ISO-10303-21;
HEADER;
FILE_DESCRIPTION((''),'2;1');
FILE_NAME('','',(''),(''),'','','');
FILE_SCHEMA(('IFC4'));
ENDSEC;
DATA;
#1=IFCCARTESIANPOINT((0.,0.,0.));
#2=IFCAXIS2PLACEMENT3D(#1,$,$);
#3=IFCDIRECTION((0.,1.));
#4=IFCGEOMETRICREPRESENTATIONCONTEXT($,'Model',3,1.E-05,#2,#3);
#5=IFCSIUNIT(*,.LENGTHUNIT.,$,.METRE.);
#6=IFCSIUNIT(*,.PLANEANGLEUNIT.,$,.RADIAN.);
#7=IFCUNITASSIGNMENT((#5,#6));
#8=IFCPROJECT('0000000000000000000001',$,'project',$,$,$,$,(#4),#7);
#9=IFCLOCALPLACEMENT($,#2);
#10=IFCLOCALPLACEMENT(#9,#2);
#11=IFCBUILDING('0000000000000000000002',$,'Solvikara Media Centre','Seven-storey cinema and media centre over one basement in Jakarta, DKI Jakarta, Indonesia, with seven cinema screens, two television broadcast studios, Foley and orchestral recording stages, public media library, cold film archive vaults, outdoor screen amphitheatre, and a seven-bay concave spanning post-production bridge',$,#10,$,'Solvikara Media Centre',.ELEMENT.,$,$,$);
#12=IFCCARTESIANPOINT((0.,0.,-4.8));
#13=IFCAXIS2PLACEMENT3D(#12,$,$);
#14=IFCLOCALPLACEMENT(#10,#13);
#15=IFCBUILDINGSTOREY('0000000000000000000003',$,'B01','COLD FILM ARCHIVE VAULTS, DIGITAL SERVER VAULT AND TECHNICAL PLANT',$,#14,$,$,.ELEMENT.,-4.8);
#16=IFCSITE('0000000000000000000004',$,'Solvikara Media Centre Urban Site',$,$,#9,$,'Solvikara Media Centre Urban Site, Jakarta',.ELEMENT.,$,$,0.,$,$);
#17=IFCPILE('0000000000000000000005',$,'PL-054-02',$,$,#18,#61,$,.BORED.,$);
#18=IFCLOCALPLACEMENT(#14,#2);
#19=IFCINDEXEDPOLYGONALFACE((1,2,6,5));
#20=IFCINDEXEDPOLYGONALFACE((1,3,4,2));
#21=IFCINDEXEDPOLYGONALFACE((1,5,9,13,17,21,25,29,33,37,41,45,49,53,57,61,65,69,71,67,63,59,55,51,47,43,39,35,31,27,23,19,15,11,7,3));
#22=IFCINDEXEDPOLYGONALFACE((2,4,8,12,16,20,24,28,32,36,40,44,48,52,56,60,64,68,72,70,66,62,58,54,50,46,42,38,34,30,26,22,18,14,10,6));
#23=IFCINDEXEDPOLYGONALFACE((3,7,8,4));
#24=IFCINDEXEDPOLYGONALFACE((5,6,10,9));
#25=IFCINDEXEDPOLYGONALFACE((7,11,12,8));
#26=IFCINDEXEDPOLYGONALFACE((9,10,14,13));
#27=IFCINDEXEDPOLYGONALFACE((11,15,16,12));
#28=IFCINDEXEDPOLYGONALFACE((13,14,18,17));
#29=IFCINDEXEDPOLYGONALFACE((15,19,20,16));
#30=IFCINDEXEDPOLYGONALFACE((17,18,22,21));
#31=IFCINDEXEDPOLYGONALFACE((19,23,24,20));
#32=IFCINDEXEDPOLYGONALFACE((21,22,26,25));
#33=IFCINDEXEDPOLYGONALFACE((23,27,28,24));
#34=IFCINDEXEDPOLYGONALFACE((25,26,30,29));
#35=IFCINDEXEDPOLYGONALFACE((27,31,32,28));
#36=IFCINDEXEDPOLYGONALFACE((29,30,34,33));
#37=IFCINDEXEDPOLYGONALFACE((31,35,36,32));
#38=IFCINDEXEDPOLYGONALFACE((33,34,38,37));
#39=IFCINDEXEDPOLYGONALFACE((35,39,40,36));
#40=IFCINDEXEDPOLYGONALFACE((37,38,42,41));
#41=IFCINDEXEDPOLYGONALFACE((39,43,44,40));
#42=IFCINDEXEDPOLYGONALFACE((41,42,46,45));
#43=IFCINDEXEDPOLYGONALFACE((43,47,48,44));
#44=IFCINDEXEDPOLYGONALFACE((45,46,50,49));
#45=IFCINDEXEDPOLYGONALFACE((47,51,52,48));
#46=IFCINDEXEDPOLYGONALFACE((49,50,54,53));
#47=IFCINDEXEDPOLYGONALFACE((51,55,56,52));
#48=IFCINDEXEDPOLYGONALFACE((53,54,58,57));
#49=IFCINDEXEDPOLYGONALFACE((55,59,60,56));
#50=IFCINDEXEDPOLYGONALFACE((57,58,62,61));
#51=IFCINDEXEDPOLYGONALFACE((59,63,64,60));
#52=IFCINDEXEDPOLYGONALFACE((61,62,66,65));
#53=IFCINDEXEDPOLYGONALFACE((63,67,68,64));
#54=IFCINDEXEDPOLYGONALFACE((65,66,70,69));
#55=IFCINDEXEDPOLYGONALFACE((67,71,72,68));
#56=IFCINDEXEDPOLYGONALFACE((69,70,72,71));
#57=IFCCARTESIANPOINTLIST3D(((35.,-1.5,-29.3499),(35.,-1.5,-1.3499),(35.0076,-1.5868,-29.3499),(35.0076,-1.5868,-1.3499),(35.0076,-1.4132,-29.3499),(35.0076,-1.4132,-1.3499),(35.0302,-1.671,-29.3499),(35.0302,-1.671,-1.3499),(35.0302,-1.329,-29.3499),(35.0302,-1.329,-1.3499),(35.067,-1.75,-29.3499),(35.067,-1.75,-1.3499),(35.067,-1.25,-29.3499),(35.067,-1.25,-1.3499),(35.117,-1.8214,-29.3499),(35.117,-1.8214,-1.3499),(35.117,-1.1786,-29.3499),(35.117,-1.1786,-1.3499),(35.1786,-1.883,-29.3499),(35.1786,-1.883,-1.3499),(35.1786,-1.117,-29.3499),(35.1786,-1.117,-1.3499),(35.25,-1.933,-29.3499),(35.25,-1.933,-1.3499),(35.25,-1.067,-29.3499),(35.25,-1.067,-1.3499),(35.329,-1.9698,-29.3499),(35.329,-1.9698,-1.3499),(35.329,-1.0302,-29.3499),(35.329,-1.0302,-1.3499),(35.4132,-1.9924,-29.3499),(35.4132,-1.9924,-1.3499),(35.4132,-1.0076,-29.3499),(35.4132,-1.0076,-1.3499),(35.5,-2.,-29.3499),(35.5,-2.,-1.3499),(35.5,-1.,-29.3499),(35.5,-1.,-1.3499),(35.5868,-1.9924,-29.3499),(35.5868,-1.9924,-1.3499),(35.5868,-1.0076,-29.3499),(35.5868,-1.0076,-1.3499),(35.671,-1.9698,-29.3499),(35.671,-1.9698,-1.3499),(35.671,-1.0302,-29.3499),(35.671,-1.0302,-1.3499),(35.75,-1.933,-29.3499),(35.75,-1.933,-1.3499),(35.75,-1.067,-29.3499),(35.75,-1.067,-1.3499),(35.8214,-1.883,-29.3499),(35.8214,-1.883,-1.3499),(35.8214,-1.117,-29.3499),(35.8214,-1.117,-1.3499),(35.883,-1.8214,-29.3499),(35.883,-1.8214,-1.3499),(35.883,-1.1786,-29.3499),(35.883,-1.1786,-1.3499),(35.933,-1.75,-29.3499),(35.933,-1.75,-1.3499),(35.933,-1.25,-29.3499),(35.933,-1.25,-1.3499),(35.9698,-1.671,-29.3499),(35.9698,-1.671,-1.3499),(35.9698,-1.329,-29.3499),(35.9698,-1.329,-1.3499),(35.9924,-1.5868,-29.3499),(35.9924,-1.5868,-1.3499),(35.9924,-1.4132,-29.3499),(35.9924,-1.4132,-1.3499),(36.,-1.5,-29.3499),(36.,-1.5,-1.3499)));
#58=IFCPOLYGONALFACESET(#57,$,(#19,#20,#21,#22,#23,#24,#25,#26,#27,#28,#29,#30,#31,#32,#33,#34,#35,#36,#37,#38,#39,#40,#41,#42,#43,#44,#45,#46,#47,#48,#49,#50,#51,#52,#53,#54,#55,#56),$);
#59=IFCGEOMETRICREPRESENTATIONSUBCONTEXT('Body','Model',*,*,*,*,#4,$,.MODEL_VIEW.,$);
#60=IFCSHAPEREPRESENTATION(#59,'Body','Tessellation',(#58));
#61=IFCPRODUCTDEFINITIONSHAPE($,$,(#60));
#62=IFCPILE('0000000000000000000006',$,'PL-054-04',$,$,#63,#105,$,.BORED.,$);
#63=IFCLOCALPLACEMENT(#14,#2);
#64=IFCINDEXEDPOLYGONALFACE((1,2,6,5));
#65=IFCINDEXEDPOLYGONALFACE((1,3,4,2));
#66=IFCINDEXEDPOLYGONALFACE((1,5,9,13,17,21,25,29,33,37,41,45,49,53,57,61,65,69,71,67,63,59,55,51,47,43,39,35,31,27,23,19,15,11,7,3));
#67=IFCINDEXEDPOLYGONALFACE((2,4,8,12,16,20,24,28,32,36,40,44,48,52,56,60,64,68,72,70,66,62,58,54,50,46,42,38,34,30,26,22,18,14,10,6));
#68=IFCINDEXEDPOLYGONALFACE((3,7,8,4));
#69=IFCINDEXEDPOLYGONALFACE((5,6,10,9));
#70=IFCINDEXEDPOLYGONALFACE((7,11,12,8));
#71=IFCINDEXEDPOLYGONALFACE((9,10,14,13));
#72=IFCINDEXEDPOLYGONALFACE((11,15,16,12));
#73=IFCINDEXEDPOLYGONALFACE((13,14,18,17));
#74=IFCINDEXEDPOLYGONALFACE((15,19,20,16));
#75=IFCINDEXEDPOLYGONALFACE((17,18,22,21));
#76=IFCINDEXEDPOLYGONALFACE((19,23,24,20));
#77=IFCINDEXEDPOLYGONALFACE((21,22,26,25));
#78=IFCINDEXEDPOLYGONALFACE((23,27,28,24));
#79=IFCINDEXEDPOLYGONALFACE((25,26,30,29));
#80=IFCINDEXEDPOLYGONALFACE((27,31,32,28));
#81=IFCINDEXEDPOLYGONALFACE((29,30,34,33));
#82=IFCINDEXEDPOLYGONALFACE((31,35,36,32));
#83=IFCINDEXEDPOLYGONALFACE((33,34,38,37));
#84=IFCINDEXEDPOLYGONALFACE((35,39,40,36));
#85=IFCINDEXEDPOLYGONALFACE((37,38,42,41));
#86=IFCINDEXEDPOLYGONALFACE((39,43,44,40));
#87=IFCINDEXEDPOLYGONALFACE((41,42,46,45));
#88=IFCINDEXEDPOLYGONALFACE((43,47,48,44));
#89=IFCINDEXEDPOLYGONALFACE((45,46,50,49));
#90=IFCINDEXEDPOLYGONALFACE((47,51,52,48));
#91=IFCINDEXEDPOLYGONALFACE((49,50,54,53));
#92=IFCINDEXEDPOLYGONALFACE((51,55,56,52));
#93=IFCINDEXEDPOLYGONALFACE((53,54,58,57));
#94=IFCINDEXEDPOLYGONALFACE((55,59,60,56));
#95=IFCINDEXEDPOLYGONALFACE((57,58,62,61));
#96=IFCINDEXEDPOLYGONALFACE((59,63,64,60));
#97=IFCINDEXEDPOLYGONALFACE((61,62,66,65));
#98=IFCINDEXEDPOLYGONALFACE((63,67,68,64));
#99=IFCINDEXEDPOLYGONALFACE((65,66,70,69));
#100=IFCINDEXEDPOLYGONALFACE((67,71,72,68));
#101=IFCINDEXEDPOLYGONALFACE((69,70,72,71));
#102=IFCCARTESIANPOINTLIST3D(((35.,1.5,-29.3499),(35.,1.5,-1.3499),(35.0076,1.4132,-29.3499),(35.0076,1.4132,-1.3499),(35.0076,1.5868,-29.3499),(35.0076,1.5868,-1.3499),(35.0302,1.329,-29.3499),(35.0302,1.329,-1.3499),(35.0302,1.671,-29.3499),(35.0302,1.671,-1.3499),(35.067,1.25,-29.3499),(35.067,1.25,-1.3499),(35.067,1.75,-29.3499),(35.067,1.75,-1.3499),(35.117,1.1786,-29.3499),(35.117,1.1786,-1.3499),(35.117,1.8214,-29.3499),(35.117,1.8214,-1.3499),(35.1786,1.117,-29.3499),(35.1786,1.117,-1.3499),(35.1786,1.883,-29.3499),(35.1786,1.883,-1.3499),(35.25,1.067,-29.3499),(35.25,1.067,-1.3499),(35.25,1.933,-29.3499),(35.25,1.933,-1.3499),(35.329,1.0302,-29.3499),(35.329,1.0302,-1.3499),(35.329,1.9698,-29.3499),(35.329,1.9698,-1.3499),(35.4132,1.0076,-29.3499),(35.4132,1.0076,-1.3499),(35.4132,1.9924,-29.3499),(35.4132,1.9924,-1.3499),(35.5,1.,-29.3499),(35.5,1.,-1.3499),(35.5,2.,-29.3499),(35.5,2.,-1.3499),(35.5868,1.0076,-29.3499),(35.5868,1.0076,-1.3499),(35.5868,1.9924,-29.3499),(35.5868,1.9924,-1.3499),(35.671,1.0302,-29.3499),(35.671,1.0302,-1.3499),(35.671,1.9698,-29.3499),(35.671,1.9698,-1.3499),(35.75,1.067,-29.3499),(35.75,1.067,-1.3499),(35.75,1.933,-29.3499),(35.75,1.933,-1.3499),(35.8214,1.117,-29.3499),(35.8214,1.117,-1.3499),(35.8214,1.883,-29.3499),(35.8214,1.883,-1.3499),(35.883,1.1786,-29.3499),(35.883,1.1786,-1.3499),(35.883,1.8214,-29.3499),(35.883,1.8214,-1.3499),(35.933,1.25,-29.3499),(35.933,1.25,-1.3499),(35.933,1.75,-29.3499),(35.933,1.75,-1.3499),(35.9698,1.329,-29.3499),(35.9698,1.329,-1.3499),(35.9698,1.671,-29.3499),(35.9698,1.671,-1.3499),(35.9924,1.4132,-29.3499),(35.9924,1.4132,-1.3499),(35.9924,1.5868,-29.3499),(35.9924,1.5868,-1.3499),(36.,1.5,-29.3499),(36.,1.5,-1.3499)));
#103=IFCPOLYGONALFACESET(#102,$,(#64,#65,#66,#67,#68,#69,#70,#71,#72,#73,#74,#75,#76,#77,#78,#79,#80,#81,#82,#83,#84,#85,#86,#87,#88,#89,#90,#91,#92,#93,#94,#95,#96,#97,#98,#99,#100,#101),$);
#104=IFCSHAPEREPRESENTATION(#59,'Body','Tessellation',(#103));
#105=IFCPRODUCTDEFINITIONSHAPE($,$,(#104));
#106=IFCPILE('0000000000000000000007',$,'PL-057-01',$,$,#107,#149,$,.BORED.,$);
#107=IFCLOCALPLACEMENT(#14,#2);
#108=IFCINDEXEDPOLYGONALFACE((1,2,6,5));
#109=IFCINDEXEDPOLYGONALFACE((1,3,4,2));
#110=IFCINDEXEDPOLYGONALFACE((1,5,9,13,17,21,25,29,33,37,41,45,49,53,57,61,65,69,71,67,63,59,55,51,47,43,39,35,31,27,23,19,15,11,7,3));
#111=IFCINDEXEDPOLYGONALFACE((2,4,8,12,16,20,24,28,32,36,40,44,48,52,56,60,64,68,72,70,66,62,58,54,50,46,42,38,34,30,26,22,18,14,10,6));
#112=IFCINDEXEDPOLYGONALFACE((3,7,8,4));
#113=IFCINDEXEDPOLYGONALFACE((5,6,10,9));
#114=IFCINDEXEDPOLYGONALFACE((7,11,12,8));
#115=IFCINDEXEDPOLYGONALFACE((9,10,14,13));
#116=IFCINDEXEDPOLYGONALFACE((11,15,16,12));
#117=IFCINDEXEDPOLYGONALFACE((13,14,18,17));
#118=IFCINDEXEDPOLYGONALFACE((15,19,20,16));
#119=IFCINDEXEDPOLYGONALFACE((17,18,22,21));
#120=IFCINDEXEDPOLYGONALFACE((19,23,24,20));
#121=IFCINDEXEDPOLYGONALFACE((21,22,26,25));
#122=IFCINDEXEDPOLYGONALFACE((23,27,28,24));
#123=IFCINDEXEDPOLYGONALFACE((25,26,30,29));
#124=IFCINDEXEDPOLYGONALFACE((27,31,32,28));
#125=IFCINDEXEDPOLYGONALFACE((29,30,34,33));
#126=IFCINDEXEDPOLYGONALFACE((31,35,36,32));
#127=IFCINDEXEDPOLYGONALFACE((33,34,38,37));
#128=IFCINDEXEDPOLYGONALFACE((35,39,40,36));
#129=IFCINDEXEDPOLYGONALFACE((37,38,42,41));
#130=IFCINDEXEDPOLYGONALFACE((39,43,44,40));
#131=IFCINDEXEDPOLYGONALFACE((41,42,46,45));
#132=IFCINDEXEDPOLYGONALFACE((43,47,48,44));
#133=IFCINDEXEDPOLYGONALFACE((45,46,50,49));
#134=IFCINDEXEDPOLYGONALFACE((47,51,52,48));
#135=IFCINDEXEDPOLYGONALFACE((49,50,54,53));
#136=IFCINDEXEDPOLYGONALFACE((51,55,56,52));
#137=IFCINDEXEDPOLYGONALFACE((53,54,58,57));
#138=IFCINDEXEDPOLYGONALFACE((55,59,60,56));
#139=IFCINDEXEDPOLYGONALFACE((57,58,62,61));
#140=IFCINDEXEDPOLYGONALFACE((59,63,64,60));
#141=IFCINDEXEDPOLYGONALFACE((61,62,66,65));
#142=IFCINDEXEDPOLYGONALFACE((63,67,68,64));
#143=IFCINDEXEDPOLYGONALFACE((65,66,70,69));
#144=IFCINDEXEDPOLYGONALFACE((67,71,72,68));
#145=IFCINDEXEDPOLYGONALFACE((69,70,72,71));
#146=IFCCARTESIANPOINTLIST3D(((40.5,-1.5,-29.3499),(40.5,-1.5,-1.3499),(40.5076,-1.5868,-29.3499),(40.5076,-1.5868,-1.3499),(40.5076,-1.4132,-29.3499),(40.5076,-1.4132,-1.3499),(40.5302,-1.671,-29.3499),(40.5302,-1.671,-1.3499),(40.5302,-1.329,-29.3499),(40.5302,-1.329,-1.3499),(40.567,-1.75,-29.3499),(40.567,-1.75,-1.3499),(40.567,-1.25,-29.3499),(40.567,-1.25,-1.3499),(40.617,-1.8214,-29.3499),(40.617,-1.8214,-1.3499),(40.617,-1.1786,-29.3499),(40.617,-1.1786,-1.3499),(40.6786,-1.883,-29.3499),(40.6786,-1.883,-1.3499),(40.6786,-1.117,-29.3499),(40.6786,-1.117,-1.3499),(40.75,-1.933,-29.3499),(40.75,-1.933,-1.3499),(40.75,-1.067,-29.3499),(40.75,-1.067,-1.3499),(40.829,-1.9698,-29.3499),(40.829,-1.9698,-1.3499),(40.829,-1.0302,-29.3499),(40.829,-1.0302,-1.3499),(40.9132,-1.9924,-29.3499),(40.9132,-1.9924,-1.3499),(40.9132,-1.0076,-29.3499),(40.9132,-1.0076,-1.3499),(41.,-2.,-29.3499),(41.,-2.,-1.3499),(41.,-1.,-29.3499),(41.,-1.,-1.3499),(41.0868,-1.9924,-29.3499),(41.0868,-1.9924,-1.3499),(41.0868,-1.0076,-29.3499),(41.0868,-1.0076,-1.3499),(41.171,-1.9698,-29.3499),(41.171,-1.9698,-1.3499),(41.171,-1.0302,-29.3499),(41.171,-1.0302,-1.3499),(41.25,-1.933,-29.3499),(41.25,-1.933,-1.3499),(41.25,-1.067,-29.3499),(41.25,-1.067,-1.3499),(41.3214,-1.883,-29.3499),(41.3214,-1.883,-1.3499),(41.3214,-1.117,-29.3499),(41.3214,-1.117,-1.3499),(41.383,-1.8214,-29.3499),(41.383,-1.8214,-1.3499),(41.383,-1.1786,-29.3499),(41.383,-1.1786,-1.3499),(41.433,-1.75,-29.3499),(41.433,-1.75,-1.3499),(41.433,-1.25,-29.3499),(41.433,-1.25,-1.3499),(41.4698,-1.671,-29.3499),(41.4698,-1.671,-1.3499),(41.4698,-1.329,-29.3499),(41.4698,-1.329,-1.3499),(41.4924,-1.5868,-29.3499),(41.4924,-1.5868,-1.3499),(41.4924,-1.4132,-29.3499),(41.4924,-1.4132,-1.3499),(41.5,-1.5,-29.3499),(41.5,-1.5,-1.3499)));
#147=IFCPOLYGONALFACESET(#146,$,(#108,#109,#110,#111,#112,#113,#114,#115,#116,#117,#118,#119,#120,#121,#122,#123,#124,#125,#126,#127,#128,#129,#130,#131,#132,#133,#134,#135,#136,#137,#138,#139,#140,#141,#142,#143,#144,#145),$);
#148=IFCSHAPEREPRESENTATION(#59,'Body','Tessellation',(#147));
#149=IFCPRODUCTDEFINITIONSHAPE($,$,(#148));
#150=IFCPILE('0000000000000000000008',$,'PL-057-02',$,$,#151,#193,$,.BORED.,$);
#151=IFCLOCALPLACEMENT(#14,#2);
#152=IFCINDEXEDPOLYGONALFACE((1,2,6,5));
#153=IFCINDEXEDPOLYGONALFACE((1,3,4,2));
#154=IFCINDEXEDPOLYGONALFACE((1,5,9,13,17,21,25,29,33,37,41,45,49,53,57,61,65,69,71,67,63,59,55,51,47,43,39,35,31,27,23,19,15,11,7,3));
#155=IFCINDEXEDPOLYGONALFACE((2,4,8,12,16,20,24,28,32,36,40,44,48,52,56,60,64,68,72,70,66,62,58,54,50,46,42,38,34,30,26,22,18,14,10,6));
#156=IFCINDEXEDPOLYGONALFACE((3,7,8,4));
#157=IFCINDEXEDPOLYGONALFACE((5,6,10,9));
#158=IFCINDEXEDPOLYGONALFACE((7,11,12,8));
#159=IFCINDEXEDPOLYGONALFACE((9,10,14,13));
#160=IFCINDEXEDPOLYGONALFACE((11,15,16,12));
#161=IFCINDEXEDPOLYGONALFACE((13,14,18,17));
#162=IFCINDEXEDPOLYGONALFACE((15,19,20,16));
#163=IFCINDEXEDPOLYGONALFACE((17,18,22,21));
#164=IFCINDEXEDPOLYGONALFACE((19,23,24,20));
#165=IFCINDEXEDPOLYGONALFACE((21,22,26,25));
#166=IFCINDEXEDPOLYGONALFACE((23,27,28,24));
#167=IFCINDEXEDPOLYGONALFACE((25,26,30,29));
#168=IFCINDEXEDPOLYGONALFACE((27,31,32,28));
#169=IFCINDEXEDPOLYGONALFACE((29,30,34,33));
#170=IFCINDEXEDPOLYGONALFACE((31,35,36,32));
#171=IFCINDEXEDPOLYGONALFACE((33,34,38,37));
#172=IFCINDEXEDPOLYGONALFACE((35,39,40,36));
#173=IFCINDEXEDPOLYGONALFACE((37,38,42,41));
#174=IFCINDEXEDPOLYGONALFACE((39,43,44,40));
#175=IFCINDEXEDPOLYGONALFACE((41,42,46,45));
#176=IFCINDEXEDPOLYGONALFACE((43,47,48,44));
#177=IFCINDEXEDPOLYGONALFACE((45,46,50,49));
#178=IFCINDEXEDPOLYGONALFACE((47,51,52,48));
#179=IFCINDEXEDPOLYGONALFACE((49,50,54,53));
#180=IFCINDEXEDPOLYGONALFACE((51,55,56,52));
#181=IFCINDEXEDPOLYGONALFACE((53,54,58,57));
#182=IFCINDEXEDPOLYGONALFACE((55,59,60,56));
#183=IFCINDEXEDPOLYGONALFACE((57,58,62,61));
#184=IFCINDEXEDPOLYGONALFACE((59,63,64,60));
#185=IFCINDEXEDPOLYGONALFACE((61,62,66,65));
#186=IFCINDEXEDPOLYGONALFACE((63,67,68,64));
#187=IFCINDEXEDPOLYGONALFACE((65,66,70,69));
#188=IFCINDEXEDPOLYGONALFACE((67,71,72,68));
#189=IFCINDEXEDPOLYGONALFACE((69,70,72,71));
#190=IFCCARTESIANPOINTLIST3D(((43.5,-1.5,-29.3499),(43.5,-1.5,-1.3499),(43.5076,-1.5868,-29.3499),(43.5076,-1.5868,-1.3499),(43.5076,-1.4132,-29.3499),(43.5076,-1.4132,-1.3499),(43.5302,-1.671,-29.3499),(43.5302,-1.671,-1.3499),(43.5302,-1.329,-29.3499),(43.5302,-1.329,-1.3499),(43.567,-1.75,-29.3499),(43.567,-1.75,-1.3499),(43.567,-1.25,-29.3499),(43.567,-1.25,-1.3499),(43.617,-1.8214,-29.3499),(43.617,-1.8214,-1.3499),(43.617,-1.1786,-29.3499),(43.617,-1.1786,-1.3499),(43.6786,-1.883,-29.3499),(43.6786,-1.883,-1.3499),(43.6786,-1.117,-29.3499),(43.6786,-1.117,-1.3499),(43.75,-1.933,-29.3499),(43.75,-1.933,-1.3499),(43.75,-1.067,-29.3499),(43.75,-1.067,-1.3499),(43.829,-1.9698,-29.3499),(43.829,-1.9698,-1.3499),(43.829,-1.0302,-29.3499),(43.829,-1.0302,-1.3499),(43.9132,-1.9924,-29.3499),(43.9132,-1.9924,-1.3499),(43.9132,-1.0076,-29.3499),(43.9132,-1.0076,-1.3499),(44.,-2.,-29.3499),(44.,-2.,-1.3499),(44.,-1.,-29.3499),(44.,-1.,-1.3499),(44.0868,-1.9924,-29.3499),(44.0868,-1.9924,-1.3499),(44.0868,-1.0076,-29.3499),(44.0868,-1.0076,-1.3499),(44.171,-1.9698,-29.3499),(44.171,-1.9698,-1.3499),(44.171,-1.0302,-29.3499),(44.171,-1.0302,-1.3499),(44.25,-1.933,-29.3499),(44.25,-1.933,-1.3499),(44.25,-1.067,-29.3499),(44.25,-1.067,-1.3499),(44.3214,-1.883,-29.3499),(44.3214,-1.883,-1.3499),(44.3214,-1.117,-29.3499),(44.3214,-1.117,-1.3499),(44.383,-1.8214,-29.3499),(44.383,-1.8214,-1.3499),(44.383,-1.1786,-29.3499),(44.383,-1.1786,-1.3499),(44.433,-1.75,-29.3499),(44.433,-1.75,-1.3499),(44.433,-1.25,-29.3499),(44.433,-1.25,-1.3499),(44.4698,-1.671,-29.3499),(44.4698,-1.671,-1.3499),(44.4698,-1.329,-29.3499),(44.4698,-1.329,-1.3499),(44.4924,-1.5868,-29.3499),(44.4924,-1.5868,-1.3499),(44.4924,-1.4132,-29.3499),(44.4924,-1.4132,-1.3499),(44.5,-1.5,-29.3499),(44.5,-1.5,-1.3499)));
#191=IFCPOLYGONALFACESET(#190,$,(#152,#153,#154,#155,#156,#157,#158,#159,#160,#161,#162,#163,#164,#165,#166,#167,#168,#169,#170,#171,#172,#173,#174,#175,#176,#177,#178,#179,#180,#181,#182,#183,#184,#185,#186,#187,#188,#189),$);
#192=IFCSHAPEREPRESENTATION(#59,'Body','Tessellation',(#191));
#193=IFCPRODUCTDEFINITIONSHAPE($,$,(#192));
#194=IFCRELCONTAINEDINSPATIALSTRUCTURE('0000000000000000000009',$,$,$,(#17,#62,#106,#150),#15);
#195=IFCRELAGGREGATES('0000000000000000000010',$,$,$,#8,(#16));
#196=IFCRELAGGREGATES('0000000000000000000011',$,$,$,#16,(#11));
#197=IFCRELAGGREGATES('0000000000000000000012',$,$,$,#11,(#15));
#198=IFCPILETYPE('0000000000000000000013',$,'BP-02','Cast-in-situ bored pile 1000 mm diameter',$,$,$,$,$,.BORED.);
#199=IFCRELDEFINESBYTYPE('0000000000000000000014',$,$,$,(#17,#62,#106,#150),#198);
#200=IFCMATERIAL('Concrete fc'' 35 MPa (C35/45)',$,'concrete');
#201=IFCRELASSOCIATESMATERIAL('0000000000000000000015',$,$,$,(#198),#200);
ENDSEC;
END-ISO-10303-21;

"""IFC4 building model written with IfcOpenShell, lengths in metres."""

from ifc_helpers import new_model, si_unit, direction, frame, origin, origin_2d, place, context, subcontext, project, spatial, circle, extrude, material, material_profile, profile_set, type_object, element, save


model = new_model("IFC4")

# Units and contexts
model_context = context("Model", 3, precision=1e-05, world=origin(), true_north=direction((0.0, 1.0)))
body_context = subcontext(model_context, "Body", "Model", "MODEL_VIEW")
ifc_project = project(units=[si_unit("LENGTHUNIT", "METRE"), si_unit("PLANEANGLEUNIT", "RADIAN")], contexts=[model_context])

# Site, building, storey
site_placement = place(None, origin())
site = spatial("IfcSite", under=ifc_project, at=site_placement, Name="Solvikara Media Centre Urban Site", LongName="Solvikara Media Centre Urban Site, Jakarta", CompositionType="ELEMENT", RefElevation=0.0)
building_placement = place(site_placement, origin())
building = spatial("IfcBuilding", under=site, at=building_placement, Name="Solvikara Media Centre", Description="Seven-storey cinema and media centre over one basement in Jakarta, DKI Jakarta, Indonesia, with seven cinema screens, two television broadcast studios, Foley and orchestral recording stages, public media library, cold film archive vaults, outdoor screen amphitheatre, and a seven-bay concave spanning post-production bridge", LongName="Solvikara Media Centre", CompositionType="ELEMENT")
storey_placement = place(building_placement, frame((0.0, 0.0, -4.8)))
storey = spatial("IfcBuildingStorey", under=building, at=storey_placement, Name="B01", Description="COLD FILM ARCHIVE VAULTS, DIGITAL SERVER VAULT AND TECHNICAL PLANT", CompositionType="ELEMENT", Elevation=-4.8)

# Piles
ifc_material_1 = material(Name="Concrete fc' 35 MPa (C35/45)", Category="concrete")
ifc_material_profile_1 = material_profile(ifc_material_1, circle(Radius=0.5, at=origin_2d()), Name="BORED PILE D1000")
ifc_profile_set_1 = profile_set([ifc_material_profile_1], Name="Concrete fc' 35 MPa (C35/45)")
pile_type = type_object("IfcPileType", Name="BP-02", Description="Cast-in-situ bored pile 1000 mm diameter", PredefinedType="BORED", material=ifc_profile_set_1)
for number, where, z_axis, x_axis, name in (
    (1, (35.5, -1.5, -1.3499), (0.0, 0.0, -1.0), (1.0, 0.0, 0.0), "PL-054-02"),
    (2, (35.5, 1.5, -1.3499), (0.0, 0.0, -1.0), (1.0, 0.0, 0.0), "PL-054-04"),
    (3, (41.0, -1.5, -1.3499), (0.0, 0.0, -1.0), (1.0, 0.0, 0.0), "PL-057-01"),
    (4, (44.0, -1.5, -1.3499), (0.0, 0.0, -1.0), (1.0, 0.0, 0.0), "PL-057-02"),
):
    element("IfcPile", number, at=place(storey_placement, frame(where, z_axis=z_axis, x_axis=x_axis)), inside=storey, type_object=pile_type, Name=name, PredefinedType="BORED", context=body_context, shape_type="SweptSolid", body=[
        extrude(circle(Radius=0.5, at=origin_2d()), origin(), (0.0, 0.0, 1.0), 28.0),
    ])

save(model, "model.ifc")
